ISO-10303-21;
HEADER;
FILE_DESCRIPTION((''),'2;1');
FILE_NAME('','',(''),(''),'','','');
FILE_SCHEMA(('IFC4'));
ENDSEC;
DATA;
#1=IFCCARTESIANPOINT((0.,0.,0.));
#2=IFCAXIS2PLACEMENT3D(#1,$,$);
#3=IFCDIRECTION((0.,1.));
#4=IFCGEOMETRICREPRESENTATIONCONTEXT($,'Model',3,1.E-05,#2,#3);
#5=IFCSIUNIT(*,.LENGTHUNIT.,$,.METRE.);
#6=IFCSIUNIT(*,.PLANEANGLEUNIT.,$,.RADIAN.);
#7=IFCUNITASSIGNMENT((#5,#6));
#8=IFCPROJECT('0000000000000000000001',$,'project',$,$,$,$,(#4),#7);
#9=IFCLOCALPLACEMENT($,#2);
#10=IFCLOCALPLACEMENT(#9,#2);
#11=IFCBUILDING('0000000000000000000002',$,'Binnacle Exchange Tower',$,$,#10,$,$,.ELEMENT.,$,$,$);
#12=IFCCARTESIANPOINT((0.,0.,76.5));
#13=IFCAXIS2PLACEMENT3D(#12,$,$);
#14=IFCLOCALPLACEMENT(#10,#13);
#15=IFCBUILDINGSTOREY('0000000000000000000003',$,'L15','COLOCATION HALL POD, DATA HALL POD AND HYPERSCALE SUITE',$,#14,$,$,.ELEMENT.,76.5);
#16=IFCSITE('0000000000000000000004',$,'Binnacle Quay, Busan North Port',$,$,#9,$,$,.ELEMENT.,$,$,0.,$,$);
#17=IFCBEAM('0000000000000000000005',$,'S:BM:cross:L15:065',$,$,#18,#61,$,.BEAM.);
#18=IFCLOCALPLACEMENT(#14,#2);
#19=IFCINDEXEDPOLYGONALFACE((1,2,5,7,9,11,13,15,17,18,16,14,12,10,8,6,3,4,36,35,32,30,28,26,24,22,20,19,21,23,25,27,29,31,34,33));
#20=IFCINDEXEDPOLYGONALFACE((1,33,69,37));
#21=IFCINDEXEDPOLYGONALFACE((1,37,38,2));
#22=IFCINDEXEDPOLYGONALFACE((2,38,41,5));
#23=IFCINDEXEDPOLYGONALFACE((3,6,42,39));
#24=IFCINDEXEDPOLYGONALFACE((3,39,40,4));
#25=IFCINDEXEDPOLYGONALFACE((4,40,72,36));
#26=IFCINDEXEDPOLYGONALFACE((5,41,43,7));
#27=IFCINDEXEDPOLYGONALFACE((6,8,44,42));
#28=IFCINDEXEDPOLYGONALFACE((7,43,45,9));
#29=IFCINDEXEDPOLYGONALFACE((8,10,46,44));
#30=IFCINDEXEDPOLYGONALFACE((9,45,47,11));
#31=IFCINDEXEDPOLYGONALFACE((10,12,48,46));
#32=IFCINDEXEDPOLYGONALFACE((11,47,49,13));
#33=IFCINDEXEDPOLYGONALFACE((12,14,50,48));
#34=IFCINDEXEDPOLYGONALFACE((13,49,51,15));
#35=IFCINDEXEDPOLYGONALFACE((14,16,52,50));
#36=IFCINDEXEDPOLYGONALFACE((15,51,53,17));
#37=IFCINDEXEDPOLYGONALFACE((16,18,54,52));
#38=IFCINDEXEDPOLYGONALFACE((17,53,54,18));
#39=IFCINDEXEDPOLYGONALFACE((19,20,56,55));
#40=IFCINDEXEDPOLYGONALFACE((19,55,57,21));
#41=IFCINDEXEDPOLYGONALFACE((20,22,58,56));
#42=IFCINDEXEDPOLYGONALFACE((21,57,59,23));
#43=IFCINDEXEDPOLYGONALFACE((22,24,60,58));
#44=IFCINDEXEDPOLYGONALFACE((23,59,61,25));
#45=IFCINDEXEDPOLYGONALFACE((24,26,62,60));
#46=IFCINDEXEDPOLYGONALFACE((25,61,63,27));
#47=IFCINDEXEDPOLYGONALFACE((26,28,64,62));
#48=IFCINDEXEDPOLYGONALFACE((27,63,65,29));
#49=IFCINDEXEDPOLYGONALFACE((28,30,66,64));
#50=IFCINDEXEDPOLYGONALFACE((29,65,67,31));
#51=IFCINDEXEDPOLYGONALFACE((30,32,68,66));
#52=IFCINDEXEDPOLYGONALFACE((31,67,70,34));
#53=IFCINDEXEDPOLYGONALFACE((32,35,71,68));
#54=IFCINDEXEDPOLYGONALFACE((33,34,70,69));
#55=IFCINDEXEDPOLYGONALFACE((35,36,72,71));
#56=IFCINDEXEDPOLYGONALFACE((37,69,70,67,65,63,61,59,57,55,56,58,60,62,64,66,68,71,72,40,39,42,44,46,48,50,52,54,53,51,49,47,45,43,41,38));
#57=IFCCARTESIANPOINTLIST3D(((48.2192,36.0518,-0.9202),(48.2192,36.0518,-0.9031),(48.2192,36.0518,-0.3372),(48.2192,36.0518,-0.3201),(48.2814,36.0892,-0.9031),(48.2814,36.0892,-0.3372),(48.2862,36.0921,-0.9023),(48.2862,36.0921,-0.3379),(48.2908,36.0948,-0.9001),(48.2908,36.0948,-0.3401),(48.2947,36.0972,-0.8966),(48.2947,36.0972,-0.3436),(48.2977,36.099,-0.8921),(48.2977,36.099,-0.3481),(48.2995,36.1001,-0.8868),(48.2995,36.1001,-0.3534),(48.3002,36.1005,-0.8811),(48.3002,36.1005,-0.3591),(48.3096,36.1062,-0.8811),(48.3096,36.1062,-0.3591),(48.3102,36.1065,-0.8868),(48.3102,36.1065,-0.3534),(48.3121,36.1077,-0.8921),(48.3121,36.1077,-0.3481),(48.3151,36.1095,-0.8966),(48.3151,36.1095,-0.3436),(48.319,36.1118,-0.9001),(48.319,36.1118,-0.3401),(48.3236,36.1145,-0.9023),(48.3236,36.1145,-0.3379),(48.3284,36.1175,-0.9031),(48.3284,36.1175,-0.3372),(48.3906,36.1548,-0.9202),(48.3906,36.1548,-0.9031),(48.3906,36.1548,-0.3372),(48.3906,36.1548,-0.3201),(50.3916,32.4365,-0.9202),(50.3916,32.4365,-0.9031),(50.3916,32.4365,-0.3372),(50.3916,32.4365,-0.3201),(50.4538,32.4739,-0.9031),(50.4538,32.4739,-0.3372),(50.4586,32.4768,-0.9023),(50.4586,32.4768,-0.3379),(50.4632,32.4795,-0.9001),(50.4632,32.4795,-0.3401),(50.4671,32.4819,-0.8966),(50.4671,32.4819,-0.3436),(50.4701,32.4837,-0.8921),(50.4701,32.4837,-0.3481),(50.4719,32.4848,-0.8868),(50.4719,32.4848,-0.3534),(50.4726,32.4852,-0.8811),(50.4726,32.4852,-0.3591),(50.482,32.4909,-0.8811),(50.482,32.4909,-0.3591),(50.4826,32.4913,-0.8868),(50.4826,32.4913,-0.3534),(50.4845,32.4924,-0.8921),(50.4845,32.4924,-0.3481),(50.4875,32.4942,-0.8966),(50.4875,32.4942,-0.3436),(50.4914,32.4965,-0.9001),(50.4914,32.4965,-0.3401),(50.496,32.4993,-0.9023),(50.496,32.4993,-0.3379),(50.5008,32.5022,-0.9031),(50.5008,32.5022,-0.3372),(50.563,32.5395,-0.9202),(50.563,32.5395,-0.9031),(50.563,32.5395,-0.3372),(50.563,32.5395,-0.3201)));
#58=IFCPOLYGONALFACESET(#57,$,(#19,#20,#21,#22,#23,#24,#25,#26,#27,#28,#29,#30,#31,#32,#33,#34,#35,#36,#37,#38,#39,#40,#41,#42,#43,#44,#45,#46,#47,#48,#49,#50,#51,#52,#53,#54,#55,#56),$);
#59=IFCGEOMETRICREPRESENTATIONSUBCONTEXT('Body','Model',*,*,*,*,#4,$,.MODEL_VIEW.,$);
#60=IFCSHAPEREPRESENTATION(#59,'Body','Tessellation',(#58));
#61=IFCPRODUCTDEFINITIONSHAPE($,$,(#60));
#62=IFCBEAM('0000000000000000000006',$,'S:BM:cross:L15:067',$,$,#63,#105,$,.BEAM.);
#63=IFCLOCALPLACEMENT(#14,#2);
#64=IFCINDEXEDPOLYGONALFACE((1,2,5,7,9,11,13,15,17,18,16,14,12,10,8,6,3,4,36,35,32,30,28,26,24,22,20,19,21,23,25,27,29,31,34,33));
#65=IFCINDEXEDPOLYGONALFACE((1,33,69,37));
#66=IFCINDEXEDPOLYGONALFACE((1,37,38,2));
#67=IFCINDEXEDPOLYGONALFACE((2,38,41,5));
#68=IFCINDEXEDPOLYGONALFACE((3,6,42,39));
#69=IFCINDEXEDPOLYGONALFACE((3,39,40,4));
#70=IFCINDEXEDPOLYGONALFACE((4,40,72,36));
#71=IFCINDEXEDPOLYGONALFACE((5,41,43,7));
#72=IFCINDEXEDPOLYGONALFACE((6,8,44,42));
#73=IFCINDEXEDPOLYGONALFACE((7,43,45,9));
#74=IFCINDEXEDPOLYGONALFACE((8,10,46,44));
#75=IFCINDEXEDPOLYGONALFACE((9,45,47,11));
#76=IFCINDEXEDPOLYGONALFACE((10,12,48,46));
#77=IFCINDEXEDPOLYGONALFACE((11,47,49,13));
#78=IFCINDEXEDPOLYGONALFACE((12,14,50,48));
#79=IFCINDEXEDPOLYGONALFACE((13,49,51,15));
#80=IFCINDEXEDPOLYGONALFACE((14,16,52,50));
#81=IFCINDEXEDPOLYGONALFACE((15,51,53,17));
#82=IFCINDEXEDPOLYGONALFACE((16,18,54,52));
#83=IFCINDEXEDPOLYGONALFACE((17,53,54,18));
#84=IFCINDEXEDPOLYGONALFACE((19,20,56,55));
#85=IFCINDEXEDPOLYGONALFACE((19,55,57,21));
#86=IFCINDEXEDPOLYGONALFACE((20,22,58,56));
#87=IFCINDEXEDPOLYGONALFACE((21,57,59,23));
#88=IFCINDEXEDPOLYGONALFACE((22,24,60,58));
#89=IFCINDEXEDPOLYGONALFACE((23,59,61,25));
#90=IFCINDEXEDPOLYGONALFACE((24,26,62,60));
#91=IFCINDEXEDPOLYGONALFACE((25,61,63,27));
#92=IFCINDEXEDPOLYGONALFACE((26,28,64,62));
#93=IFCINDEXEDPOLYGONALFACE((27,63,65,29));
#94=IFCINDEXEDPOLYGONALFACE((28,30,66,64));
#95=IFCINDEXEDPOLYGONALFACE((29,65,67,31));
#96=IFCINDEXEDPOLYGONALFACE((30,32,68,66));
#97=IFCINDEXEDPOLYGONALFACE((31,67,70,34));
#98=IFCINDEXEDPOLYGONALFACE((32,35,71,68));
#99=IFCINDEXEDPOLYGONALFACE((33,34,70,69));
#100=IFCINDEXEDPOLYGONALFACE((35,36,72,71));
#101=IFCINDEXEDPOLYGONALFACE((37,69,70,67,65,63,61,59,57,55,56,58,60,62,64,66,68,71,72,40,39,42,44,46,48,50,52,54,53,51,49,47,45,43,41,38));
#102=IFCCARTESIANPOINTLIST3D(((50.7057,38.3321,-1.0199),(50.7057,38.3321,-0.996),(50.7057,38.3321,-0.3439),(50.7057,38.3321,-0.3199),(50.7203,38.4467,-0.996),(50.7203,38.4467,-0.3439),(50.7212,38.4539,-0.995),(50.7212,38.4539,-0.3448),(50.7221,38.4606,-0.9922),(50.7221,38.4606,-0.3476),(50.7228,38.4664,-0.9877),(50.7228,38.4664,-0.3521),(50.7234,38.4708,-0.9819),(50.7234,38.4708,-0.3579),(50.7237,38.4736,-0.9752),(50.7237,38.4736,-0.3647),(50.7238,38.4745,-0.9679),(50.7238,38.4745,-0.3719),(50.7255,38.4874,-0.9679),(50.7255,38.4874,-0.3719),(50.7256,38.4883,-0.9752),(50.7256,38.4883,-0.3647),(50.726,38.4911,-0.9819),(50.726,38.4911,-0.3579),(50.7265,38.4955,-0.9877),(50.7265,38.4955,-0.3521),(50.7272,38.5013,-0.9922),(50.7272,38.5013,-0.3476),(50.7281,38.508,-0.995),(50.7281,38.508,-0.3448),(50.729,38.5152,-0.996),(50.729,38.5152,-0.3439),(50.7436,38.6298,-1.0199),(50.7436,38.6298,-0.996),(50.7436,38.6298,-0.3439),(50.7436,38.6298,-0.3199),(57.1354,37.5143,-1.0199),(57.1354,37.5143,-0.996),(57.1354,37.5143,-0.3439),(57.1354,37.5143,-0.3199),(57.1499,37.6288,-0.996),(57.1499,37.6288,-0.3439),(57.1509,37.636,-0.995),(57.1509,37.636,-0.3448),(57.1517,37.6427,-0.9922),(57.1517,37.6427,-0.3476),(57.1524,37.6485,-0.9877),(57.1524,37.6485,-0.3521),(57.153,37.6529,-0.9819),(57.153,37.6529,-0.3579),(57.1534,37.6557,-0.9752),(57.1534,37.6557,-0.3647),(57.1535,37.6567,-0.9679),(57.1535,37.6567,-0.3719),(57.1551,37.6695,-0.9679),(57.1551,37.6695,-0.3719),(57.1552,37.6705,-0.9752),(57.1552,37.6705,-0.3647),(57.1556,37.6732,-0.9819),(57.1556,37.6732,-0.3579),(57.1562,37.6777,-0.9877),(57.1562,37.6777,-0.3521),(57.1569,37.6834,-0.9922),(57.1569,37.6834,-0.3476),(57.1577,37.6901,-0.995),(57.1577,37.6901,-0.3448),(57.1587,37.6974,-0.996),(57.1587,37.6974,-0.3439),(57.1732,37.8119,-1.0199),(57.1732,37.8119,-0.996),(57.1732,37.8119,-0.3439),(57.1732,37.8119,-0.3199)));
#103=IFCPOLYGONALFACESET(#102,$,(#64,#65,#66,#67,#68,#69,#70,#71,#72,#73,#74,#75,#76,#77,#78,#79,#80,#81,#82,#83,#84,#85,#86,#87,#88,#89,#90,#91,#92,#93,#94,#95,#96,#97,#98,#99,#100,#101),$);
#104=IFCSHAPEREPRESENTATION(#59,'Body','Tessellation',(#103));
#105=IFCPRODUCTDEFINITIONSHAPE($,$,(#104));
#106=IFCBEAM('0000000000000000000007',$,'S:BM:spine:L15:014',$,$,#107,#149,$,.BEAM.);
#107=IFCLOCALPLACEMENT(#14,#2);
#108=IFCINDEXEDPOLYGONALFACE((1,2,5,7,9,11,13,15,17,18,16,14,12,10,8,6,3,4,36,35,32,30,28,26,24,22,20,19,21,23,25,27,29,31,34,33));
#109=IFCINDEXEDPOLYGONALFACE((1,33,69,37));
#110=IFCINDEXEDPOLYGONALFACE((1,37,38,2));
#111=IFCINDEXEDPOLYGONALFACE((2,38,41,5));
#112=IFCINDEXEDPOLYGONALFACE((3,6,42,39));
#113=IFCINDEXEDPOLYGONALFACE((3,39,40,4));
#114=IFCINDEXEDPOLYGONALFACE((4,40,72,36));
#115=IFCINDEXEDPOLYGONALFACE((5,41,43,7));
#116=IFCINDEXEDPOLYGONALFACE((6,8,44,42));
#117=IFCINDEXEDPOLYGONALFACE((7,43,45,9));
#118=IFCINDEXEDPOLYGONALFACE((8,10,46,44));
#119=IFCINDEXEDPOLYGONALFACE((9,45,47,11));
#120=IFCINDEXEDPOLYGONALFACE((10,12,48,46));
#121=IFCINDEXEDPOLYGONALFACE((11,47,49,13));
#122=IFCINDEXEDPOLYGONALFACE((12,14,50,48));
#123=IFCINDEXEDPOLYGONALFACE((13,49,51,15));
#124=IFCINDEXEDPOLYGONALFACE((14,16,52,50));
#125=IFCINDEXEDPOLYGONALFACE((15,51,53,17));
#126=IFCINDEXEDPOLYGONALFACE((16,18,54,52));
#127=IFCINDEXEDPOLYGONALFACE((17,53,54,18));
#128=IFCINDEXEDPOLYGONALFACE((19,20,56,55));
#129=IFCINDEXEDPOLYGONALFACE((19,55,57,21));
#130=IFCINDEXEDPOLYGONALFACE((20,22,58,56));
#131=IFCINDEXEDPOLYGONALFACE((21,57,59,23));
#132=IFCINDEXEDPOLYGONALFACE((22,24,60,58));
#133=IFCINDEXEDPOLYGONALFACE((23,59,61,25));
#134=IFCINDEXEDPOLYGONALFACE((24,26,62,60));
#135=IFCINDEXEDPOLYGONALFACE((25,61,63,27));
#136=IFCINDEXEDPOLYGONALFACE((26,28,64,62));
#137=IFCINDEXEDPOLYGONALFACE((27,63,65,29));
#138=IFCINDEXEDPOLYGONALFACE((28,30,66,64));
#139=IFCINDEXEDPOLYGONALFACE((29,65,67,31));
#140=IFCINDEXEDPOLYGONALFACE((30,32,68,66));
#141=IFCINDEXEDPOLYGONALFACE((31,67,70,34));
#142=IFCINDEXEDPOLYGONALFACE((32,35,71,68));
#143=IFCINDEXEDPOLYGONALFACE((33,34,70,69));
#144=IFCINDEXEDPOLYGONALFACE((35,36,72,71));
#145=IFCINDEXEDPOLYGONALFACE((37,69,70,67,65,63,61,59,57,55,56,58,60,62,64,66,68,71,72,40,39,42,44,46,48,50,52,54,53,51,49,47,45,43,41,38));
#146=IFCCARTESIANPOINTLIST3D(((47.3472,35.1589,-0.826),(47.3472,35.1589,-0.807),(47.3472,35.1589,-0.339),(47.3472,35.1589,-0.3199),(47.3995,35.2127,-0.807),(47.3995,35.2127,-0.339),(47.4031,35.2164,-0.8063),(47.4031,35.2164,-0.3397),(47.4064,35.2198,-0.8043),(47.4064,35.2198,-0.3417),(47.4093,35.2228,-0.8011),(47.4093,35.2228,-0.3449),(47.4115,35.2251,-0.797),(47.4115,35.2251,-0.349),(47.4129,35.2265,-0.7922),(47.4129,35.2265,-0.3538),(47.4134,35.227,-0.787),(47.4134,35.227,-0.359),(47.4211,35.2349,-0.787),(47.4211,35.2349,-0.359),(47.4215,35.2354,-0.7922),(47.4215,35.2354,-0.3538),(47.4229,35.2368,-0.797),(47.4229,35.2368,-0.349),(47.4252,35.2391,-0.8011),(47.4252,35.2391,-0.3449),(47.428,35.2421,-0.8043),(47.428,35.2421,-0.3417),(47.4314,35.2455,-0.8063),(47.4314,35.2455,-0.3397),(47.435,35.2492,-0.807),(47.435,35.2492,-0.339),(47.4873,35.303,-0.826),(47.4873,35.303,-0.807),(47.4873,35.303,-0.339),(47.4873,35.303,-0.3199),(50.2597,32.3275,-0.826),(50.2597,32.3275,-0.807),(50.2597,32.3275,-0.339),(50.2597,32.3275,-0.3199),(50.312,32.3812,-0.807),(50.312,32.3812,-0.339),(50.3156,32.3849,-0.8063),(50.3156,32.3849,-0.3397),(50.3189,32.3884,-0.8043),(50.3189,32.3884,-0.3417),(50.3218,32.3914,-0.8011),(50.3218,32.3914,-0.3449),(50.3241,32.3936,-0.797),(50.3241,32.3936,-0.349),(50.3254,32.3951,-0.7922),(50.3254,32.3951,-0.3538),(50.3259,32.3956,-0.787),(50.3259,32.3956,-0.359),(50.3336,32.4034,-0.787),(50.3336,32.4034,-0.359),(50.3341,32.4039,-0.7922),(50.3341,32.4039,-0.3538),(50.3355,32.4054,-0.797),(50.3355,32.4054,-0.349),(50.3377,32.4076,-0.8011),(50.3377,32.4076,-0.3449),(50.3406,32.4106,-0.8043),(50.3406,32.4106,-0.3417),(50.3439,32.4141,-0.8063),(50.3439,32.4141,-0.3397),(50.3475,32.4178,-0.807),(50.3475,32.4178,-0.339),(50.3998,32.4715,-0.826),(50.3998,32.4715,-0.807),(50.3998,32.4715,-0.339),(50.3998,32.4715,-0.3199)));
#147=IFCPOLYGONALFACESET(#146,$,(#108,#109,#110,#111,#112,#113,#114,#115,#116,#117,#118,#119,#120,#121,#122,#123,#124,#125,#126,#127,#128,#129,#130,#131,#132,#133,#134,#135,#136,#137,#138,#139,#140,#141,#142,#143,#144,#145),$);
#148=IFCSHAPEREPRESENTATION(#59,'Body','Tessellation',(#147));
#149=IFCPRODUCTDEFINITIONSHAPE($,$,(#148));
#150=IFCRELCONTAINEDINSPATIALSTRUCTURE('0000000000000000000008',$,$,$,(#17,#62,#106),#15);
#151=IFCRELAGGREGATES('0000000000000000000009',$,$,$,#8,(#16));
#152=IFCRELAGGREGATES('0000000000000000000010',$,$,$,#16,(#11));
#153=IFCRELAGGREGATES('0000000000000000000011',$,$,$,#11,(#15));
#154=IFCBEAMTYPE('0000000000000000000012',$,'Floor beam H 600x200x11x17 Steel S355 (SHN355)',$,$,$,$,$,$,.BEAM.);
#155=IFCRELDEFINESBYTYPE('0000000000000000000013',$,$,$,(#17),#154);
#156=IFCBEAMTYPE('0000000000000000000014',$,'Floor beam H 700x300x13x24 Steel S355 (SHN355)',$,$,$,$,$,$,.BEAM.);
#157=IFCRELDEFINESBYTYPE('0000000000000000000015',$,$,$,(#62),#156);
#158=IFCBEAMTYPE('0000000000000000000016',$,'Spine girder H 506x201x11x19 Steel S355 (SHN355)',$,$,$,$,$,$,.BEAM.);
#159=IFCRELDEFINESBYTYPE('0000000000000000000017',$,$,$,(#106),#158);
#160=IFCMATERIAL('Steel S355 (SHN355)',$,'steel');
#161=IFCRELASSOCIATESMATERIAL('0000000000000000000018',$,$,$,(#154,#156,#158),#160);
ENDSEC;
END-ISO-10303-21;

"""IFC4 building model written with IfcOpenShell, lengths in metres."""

from ifc_helpers import new_model, si_unit, direction, frame, origin, origin_2d, place, context, subcontext, project, spatial, i_section, extrude, material, material_profile, profile_set, type_object, element, save


model = new_model("IFC4")

# Units and contexts
model_context = context("Model", 3, precision=1e-05, world=origin(), true_north=direction((0.0, 1.0)))
body_context = subcontext(model_context, "Body", "Model", "MODEL_VIEW")
ifc_project = project(units=[si_unit("LENGTHUNIT", "METRE"), si_unit("PLANEANGLEUNIT", "RADIAN")], contexts=[model_context])

# Site, building, storey
site_placement = place(None, origin())
site = spatial("IfcSite", under=ifc_project, at=site_placement, Name="Binnacle Quay, Busan North Port", CompositionType="ELEMENT", RefElevation=0.0)
building_placement = place(site_placement, origin())
building = spatial("IfcBuilding", under=site, at=building_placement, Name="Binnacle Exchange Tower", CompositionType="ELEMENT")
storey_placement = place(building_placement, frame((0.0, 0.0, 76.5)))
storey = spatial("IfcBuildingStorey", under=building, at=storey_placement, Name="L15", Description="COLOCATION HALL POD, DATA HALL POD AND HYPERSCALE SUITE", CompositionType="ELEMENT", Elevation=76.5)

# Beams
ifc_material_1 = material(Name="Steel S355 (SHN355)", Category="steel")
ifc_material_profile_1 = material_profile(ifc_material_1, i_section(OverallWidth=0.2, OverallDepth=0.6001, WebThickness=0.011, FlangeThickness=0.0171, FilletRadius=0.022, at=origin_2d()), Name="H 600x200x11x17")
ifc_profile_set_1 = profile_set([ifc_material_profile_1], Name="Steel S355 (SHN355)")
beam_type_1 = type_object("IfcBeamType", Name="Floor beam H 600x200x11x17 Steel S355 (SHN355)", PredefinedType="BEAM", material=ifc_profile_set_1)
beam_1_placement = place(storey_placement, frame((50.4773, 32.488, -0.6201), z_axis=(-0.515057, 0.857156, 0.0), x_axis=(-0.857156, -0.515057, 0.0)))
element("IfcBeam", 1, at=beam_1_placement, inside=storey, type_object=beam_type_1, Name="S:BM:cross:L15:065", PredefinedType="BEAM", context=body_context, shape_type="SweptSolid", body=[
    extrude(i_section(OverallWidth=0.2, OverallDepth=0.6001, WebThickness=0.011, FlangeThickness=0.0171, FilletRadius=0.022, at=origin_2d()), origin(), (0.0, 0.0, 1.0), 4.2178),
])
ifc_material_profile_2 = material_profile(ifc_material_1, i_section(OverallWidth=0.3, OverallDepth=0.7, WebThickness=0.0129, FlangeThickness=0.0239, FilletRadius=0.0281, at=origin_2d()), Name="H 700x300x13x24")
ifc_profile_set_2 = profile_set([ifc_material_profile_2], Name="Steel S355 (SHN355)")
beam_type_2 = type_object("IfcBeamType", Name="Floor beam H 700x300x13x24 Steel S355 (SHN355)", PredefinedType="BEAM", material=ifc_profile_set_2)
beam_2_placement = place(storey_placement, frame((57.1543, 37.6631, -0.6699), z_axis=(-0.992007, 0.126186, 0.0), x_axis=(-0.126186, -0.992007, 0.0)))
element("IfcBeam", 2, at=beam_2_placement, inside=storey, type_object=beam_type_2, Name="S:BM:cross:L15:067", PredefinedType="BEAM", context=body_context, shape_type="SweptSolid", body=[
    extrude(i_section(OverallWidth=0.3, OverallDepth=0.7, WebThickness=0.0129, FlangeThickness=0.0239, FilletRadius=0.0281, at=origin_2d()), origin(), (0.0, 0.0, 1.0), 6.4814),
])
ifc_material_profile_3 = material_profile(ifc_material_1, i_section(OverallWidth=0.2009, OverallDepth=0.5061, WebThickness=0.011, FlangeThickness=0.019, FilletRadius=0.02, at=origin_2d()), Name="H 506x201x11x19")
ifc_profile_set_3 = profile_set([ifc_material_profile_3], Name="Steel S355 (SHN355)")
beam_type_3 = type_object("IfcBeamType", Name="Spine girder H 506x201x11x19 Steel S355 (SHN355)", PredefinedType="BEAM", material=ifc_profile_set_3)
beam_3_placement = place(storey_placement, frame((47.4172, 35.231, -0.573), z_axis=(0.717013, -0.69706, 0.0), x_axis=(0.69706, 0.717013, 0.0)))
element("IfcBeam", 3, at=beam_3_placement, inside=storey, type_object=beam_type_3, Name="S:BM:spine:L15:014", PredefinedType="BEAM", context=body_context, shape_type="SweptSolid", body=[
    extrude(i_section(OverallWidth=0.2009, OverallDepth=0.5061, WebThickness=0.011, FlangeThickness=0.019, FilletRadius=0.02, at=origin_2d()), origin(), (0.0, 0.0, 1.0), 4.062),
])

save(model, "model.ifc")
